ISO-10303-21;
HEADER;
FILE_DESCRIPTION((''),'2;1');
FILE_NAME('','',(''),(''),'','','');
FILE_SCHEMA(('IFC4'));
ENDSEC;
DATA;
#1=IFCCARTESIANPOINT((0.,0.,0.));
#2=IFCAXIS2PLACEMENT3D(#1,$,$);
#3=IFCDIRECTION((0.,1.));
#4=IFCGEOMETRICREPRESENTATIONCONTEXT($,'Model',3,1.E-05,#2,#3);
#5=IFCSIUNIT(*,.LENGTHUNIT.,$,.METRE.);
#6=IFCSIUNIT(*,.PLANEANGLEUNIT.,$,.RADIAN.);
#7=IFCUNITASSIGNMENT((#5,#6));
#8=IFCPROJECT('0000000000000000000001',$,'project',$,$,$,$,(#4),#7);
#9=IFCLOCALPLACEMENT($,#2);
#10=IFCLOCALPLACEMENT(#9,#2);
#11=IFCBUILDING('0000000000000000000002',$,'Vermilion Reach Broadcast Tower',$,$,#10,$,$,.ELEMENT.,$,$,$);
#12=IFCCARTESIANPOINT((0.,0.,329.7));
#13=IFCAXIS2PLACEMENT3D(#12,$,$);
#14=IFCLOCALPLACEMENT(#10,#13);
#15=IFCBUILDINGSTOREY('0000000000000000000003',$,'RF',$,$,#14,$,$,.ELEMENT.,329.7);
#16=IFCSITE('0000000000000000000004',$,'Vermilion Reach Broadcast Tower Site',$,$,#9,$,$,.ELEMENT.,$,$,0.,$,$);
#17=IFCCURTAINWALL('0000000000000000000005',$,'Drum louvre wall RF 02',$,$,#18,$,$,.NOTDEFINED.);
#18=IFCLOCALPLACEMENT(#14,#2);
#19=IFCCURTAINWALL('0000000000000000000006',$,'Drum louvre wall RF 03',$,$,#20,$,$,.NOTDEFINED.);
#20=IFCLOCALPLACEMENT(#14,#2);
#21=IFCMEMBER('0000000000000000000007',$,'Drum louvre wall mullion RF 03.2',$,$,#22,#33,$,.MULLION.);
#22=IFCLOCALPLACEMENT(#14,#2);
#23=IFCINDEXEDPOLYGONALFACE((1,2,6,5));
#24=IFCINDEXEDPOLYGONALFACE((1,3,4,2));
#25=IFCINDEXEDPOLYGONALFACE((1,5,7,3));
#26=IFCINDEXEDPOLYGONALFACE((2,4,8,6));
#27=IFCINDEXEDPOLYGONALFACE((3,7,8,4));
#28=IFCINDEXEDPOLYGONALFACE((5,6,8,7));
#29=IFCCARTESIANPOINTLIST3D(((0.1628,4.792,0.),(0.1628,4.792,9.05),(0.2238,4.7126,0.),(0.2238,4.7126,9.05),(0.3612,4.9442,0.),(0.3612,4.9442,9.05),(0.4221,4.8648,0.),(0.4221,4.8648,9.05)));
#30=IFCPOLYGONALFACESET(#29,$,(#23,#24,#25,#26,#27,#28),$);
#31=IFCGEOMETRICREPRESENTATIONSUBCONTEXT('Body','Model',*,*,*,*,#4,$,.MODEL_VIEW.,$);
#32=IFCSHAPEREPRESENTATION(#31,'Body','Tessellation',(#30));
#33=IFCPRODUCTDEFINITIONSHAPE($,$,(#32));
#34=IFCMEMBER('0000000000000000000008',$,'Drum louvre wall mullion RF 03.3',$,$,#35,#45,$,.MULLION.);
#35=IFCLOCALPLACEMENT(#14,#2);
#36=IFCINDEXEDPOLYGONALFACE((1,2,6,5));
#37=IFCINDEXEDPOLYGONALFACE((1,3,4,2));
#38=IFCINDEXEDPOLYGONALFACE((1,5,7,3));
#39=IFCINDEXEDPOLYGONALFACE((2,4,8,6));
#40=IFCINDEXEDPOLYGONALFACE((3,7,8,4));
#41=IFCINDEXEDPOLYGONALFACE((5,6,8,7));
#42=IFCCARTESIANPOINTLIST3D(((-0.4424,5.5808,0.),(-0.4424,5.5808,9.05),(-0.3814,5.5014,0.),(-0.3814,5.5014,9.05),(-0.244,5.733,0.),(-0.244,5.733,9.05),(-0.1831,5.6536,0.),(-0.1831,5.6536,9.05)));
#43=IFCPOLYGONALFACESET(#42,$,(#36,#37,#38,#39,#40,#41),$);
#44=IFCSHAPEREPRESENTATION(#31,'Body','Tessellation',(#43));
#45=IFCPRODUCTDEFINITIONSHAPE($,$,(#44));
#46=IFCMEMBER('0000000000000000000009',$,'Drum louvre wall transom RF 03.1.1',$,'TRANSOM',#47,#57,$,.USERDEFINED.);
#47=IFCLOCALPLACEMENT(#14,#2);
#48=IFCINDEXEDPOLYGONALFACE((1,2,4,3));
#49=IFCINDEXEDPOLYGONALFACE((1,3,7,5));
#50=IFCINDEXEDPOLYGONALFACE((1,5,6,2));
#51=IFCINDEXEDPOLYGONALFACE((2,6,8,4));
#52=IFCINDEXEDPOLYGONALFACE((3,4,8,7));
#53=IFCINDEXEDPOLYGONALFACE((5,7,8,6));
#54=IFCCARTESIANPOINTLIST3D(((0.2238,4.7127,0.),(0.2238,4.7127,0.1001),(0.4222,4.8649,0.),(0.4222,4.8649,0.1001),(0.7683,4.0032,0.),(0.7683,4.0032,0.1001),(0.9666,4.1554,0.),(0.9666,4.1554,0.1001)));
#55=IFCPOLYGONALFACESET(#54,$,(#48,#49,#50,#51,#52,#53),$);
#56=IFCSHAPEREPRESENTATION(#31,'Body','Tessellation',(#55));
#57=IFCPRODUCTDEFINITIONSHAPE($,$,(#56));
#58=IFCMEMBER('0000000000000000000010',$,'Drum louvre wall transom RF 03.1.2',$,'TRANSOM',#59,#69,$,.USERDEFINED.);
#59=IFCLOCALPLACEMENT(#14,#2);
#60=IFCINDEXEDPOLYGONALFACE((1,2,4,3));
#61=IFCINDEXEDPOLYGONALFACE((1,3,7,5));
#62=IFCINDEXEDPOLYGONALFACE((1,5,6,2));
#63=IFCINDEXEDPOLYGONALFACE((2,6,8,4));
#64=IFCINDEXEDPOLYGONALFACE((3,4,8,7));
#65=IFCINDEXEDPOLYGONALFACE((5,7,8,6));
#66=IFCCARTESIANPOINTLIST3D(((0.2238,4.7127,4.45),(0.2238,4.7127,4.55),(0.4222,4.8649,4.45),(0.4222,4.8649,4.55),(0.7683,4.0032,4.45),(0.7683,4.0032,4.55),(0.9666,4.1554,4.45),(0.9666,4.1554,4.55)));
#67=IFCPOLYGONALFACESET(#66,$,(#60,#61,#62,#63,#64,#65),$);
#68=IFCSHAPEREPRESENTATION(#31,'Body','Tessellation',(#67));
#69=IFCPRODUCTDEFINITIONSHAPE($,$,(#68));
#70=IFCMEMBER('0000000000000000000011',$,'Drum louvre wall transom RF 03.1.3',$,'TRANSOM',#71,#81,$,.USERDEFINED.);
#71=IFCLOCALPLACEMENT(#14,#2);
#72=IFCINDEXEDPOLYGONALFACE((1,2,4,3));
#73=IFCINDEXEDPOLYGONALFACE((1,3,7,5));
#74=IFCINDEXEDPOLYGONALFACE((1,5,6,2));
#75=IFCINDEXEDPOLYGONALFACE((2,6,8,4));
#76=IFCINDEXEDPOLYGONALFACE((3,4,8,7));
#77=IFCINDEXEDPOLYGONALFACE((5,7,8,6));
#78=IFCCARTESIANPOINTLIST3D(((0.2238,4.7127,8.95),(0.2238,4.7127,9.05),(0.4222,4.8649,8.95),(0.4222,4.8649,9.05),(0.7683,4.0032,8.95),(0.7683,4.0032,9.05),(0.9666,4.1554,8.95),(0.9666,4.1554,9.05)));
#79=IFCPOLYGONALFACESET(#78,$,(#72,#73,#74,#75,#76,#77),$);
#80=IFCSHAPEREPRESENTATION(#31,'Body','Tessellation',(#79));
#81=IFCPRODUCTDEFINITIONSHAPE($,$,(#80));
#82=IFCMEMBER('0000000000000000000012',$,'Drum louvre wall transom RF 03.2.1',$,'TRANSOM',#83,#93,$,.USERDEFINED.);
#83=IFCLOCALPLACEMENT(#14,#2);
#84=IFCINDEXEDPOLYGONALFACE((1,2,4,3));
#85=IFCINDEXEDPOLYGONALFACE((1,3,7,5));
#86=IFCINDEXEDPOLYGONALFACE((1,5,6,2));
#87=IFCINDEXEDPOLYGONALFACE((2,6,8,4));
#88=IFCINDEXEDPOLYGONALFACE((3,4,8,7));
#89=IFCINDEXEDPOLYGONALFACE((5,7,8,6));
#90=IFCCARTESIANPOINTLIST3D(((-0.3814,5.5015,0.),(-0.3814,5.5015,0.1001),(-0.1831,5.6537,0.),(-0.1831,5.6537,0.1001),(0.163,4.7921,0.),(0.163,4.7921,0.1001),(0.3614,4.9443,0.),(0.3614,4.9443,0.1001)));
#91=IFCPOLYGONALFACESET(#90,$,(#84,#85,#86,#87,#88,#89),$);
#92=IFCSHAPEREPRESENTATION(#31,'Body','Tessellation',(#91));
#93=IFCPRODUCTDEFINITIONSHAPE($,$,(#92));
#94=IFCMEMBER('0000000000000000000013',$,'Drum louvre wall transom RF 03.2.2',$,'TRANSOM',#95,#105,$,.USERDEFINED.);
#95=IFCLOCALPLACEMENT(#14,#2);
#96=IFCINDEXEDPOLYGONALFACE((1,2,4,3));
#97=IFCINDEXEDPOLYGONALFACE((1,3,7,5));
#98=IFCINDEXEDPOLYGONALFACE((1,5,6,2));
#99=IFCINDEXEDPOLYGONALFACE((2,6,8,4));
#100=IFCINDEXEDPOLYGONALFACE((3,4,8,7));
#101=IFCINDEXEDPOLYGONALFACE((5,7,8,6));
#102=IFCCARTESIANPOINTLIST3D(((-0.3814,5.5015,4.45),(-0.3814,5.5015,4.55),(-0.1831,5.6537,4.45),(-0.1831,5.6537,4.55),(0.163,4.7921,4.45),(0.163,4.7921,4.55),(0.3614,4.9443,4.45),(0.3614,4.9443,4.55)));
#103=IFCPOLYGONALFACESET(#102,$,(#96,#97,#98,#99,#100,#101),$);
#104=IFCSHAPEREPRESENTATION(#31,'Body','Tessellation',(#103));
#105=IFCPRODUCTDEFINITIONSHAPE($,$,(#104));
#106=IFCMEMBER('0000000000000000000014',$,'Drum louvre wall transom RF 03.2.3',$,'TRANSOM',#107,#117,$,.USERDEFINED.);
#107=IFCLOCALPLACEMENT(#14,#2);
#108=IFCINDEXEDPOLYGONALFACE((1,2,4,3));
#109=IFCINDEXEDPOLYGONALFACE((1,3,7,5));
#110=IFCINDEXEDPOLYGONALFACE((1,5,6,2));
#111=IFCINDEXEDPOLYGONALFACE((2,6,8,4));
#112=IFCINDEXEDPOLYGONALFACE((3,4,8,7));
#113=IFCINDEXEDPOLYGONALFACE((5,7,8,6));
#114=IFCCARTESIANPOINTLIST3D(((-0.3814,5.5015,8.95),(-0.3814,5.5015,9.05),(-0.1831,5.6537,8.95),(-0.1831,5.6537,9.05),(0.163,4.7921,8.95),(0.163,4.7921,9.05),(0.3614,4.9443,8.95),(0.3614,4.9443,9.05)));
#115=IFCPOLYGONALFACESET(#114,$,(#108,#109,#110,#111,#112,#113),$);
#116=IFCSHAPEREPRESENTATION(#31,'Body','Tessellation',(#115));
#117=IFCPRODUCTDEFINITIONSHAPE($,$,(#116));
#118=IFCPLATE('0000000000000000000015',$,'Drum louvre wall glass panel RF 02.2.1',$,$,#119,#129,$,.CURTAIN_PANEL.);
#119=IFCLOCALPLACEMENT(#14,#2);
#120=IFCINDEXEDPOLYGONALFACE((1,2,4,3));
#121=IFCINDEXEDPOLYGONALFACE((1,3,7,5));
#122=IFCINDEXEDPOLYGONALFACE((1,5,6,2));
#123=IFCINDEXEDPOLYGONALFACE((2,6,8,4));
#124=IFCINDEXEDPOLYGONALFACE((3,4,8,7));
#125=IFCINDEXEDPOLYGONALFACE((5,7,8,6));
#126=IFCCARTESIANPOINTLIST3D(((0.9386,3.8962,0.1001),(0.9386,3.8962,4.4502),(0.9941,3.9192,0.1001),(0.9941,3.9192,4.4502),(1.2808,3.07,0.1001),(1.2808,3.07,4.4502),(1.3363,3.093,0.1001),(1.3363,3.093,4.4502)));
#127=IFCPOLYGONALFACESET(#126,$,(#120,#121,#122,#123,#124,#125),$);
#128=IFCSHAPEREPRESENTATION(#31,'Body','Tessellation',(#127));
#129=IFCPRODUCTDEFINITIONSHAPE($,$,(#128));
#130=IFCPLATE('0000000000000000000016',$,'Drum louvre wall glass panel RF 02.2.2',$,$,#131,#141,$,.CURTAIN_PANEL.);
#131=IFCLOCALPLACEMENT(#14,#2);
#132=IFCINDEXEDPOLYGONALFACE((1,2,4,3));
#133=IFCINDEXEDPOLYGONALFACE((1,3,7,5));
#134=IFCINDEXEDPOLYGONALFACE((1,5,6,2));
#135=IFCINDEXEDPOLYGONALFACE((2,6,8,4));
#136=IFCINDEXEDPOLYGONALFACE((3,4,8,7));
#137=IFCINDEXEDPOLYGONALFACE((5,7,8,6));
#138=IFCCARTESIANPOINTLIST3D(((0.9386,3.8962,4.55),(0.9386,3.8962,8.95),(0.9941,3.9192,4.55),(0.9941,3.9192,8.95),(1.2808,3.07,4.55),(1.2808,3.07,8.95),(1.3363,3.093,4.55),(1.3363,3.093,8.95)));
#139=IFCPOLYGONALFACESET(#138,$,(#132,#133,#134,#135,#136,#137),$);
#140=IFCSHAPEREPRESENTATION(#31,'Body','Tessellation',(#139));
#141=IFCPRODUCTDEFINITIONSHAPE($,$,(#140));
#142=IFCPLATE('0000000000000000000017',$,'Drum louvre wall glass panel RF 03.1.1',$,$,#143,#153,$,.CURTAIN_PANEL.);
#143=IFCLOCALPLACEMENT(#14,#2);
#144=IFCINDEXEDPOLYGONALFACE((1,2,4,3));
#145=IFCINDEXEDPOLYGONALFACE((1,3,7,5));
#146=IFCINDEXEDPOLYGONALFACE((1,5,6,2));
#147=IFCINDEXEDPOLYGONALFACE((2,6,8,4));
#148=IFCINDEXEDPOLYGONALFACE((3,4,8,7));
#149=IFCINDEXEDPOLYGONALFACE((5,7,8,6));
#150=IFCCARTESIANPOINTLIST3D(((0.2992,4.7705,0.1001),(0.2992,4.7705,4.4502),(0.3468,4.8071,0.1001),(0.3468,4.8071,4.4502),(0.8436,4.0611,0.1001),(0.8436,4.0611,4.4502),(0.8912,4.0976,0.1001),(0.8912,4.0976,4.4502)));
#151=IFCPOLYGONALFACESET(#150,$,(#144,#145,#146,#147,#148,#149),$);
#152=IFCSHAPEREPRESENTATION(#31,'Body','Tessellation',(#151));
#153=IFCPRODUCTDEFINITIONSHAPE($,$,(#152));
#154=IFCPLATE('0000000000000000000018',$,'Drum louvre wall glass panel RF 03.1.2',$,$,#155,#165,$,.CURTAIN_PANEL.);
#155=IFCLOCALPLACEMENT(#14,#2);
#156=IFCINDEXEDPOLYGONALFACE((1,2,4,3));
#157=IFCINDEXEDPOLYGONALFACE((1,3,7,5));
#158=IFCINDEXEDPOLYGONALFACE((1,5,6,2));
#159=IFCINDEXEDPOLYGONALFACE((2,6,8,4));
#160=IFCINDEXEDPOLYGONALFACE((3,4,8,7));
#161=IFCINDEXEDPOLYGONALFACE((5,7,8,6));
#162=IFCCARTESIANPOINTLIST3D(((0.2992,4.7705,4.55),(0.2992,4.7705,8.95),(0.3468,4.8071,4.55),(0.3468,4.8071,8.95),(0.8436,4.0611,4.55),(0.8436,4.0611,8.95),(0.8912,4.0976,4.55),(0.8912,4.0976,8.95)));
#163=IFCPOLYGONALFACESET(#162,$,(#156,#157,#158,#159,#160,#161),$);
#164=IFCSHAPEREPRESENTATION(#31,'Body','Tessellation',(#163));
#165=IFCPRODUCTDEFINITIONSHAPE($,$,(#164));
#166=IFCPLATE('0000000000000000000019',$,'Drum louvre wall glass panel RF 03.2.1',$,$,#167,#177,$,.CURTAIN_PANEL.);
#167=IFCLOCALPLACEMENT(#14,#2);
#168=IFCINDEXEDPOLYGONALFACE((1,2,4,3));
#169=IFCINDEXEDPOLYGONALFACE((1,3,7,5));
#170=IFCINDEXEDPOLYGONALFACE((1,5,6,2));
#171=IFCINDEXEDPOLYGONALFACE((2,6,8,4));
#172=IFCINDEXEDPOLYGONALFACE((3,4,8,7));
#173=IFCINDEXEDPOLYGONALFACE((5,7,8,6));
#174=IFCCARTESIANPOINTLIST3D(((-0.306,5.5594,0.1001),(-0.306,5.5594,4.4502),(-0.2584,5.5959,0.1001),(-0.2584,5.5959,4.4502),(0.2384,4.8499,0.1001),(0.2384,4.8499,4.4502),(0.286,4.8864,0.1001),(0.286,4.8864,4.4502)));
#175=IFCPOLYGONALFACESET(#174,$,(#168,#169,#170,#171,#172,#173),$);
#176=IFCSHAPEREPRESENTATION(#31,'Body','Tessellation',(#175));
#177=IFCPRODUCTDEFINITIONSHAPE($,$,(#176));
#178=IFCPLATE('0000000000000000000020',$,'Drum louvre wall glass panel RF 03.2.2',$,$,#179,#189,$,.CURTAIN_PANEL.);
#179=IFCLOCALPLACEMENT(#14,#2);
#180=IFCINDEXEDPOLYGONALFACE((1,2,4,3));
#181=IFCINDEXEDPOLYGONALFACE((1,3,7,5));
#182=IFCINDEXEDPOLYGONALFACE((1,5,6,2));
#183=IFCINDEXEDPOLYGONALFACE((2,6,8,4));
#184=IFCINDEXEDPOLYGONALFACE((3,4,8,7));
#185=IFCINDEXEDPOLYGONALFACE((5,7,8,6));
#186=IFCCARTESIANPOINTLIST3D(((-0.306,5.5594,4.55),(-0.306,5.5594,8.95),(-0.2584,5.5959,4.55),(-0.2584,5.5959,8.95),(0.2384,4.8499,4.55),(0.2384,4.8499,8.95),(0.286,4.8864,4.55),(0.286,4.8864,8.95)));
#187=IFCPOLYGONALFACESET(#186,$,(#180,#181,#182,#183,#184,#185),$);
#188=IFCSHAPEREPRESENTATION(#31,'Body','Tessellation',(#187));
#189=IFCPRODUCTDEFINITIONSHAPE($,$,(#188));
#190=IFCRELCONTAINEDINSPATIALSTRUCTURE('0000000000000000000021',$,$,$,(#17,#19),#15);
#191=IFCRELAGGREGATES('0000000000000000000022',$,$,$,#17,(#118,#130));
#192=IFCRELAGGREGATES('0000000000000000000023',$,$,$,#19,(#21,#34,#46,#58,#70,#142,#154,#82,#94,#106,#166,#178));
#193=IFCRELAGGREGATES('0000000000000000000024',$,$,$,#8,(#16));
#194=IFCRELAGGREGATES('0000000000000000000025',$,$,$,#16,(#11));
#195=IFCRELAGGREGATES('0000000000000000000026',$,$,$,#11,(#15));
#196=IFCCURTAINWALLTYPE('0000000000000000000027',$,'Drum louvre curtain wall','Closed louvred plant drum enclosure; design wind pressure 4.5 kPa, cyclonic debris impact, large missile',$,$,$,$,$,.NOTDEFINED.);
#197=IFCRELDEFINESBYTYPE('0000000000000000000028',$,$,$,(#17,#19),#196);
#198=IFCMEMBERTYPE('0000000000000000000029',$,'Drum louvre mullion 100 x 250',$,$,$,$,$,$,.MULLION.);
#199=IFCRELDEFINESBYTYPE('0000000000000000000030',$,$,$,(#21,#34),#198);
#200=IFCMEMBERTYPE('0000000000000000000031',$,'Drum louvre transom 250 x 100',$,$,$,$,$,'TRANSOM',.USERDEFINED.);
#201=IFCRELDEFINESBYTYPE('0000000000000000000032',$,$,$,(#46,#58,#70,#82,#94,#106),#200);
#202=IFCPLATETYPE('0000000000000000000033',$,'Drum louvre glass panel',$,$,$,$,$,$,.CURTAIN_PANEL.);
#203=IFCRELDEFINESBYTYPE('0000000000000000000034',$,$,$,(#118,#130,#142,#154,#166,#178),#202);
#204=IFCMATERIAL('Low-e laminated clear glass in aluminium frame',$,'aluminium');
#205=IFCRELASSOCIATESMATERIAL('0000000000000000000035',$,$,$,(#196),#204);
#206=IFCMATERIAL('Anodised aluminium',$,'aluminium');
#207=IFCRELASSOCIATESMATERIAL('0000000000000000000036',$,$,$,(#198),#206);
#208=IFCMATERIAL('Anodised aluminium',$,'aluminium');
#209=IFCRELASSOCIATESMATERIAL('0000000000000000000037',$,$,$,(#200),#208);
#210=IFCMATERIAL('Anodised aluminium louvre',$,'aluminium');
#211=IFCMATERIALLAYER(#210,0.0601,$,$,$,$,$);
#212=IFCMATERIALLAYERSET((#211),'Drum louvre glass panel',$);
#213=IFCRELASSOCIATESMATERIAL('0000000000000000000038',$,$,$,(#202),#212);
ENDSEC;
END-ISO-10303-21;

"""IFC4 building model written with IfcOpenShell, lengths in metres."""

from ifc_helpers import new_model, si_unit, direction, frame, origin, origin_2d, place, context, subcontext, project, spatial, rectangle, extrude, material, layer, layer_set, material_profile, profile_set, type_object, element, aggregate, save


model = new_model("IFC4")

# Units and contexts
model_context = context("Model", 3, precision=1e-05, world=origin(), true_north=direction((0.0, 1.0)))
body_context = subcontext(model_context, "Body", "Model", "MODEL_VIEW")
ifc_project = project(units=[si_unit("LENGTHUNIT", "METRE"), si_unit("PLANEANGLEUNIT", "RADIAN")], contexts=[model_context])

# Site, building, storey
site_placement = place(None, origin())
site = spatial("IfcSite", under=ifc_project, at=site_placement, Name="Vermilion Reach Broadcast Tower Site", CompositionType="ELEMENT", RefElevation=0.0)
building_placement = place(site_placement, origin())
building = spatial("IfcBuilding", under=site, at=building_placement, Name="Vermilion Reach Broadcast Tower", CompositionType="ELEMENT")
storey_placement = place(building_placement, frame((0.0, 0.0, 329.7)))
storey = spatial("IfcBuildingStorey", under=building, at=storey_placement, Name="RF", CompositionType="ELEMENT", Elevation=329.7)

# Curtain wall
ifc_material_1 = material(Name="Low-e laminated clear glass in aluminium frame", Category="aluminium")
curtain_wall_type = type_object("IfcCurtainWallType", Name="Drum louvre curtain wall", Description="Closed louvred plant drum enclosure; design wind pressure 4.5 kPa, cyclonic debris impact, large missile", PredefinedType="NOTDEFINED", material=ifc_material_1)
placement = place(storey_placement, origin())
curtain_wall_1 = element("IfcCurtainWall", 1, at=placement, inside=storey, type_object=curtain_wall_type, Name="Drum louvre wall RF 02", PredefinedType="NOTDEFINED")
ifc_material_2 = material(Name="Anodised aluminium", Category="aluminium")
ifc_material_profile_1 = material_profile(ifc_material_2, rectangle(XDim=0.25, YDim=0.1001, at=origin_2d()), Name="Drum louvre mullion 100 x 250")
ifc_profile_set_1 = profile_set([ifc_material_profile_1], Name="Anodised aluminium")
member_type_1 = type_object("IfcMemberType", Name="Drum louvre mullion 100 x 250", PredefinedType="MULLION", material=ifc_profile_set_1)

# Curtain wall, members
curtain_wall_2 = element("IfcCurtainWall", 2, at=placement, inside=storey, type_object=curtain_wall_type, Name="Drum louvre wall RF 03", PredefinedType="NOTDEFINED")
member_1_placement = place(storey_placement, frame((0.2925, 4.8284, 0.0), z_axis=(0.0, 0.0, 1.0), x_axis=(-0.793353, -0.608761, 0.0)))
member_1 = element("IfcMember", 3, at=member_1_placement, type_object=member_type_1, Name="Drum louvre wall mullion RF 03.2", PredefinedType="MULLION", context=body_context, shape_type="SweptSolid", body=[
    extrude(rectangle(XDim=0.25, YDim=0.1001, at=origin_2d()), origin(), (0.0, 0.0, 1.0), 9.05),
])
member_2_placement = place(storey_placement, frame((-0.3127, 5.6172, 0.0), z_axis=(0.0, 0.0, 1.0), x_axis=(-0.793353, -0.608761, 0.0)))
member_2 = element("IfcMember", 4, at=member_2_placement, type_object=member_type_1, Name="Drum louvre wall mullion RF 03.3", PredefinedType="MULLION", context=body_context, shape_type="SweptSolid", body=[
    extrude(rectangle(XDim=0.25, YDim=0.1001, at=origin_2d()), origin(), (0.0, 0.0, 1.0), 9.05),
])
ifc_material_3 = material(Name="Anodised aluminium", Category="aluminium")
ifc_material_profile_2 = material_profile(ifc_material_3, rectangle(XDim=0.25, YDim=0.1001, at=origin_2d()), Name="Drum louvre transom 250 x 100")
ifc_profile_set_2 = profile_set([ifc_material_profile_2], Name="Anodised aluminium")
member_type_2 = type_object("IfcMemberType", Name="Drum louvre transom 250 x 100", ElementType="TRANSOM", PredefinedType="USERDEFINED", material=ifc_profile_set_2)
member_3_placement = place(storey_placement, frame((0.8674, 4.0793, 0.05), z_axis=(-0.608787, 0.793334, 0.0), x_axis=(-0.793334, -0.608787, 0.0)))
member_3 = element("IfcMember", 5, at=member_3_placement, type_object=member_type_2, Name="Drum louvre wall transom RF 03.1.1", ObjectType="TRANSOM", PredefinedType="USERDEFINED", context=body_context, shape_type="SweptSolid", body=[
    extrude(rectangle(XDim=0.25, YDim=0.1001, at=origin_2d()), origin(), (0.0, 0.0, 1.0), 0.8943),
])
member_4_placement = place(storey_placement, frame((0.8674, 4.0793, 4.5), z_axis=(-0.608787, 0.793334, 0.0), x_axis=(-0.793334, -0.608787, 0.0)))
member_4 = element("IfcMember", 6, at=member_4_placement, type_object=member_type_2, Name="Drum louvre wall transom RF 03.1.2", ObjectType="TRANSOM", PredefinedType="USERDEFINED", context=body_context, shape_type="SweptSolid", body=[
    extrude(rectangle(XDim=0.25, YDim=0.1001, at=origin_2d()), origin(), (0.0, 0.0, 1.0), 0.8943),
])
member_5_placement = place(storey_placement, frame((0.8674, 4.0793, 9.0), z_axis=(-0.608787, 0.793334, 0.0), x_axis=(-0.793334, -0.608787, 0.0)))
member_5 = element("IfcMember", 7, at=member_5_placement, type_object=member_type_2, Name="Drum louvre wall transom RF 03.1.3", ObjectType="TRANSOM", PredefinedType="USERDEFINED", context=body_context, shape_type="SweptSolid", body=[
    extrude(rectangle(XDim=0.25, YDim=0.1001, at=origin_2d()), origin(), (0.0, 0.0, 1.0), 0.8943),
])
member_6_placement = place(storey_placement, frame((0.2622, 4.8682, 0.05), z_axis=(-0.608787, 0.793334, 0.0), x_axis=(-0.793334, -0.608787, 0.0)))
member_6 = element("IfcMember", 8, at=member_6_placement, type_object=member_type_2, Name="Drum louvre wall transom RF 03.2.1", ObjectType="TRANSOM", PredefinedType="USERDEFINED", context=body_context, shape_type="SweptSolid", body=[
    extrude(rectangle(XDim=0.25, YDim=0.1001, at=origin_2d()), origin(), (0.0, 0.0, 1.0), 0.8943),
])
member_7_placement = place(storey_placement, frame((0.2622, 4.8682, 4.5), z_axis=(-0.608787, 0.793334, 0.0), x_axis=(-0.793334, -0.608787, 0.0)))
member_7 = element("IfcMember", 9, at=member_7_placement, type_object=member_type_2, Name="Drum louvre wall transom RF 03.2.2", ObjectType="TRANSOM", PredefinedType="USERDEFINED", context=body_context, shape_type="SweptSolid", body=[
    extrude(rectangle(XDim=0.25, YDim=0.1001, at=origin_2d()), origin(), (0.0, 0.0, 1.0), 0.8943),
])
member_8_placement = place(storey_placement, frame((0.2622, 4.8682, 9.0), z_axis=(-0.608787, 0.793334, 0.0), x_axis=(-0.793334, -0.608787, 0.0)))
member_8 = element("IfcMember", 10, at=member_8_placement, type_object=member_type_2, Name="Drum louvre wall transom RF 03.2.3", ObjectType="TRANSOM", PredefinedType="USERDEFINED", context=body_context, shape_type="SweptSolid", body=[
    extrude(rectangle(XDim=0.25, YDim=0.1001, at=origin_2d()), origin(), (0.0, 0.0, 1.0), 0.8943),
])

# Plates
ifc_material_4 = material(Name="Anodised aluminium louvre", Category="aluminium")
ifc_layer = layer(ifc_material_4, 0.0601)
ifc_layer_set = layer_set([ifc_layer], Name="Drum louvre glass panel")
plate_type = type_object("IfcPlateType", Name="Drum louvre glass panel", PredefinedType="CURTAIN_PANEL", material=ifc_layer_set)
plate_1_placement = place(storey_placement, frame((1.1375, 3.4946, 0.1001), z_axis=(0.0, 0.0, 1.0), x_axis=(-0.382683, 0.92388, 0.0)))
plate_1 = element("IfcPlate", 11, at=plate_1_placement, type_object=plate_type, Name="Drum louvre wall glass panel RF 02.2.1", PredefinedType="CURTAIN_PANEL", context=body_context, shape_type="SweptSolid", body=[
    extrude(rectangle(XDim=0.8943, YDim=0.0601, at=origin_2d()), origin(), (0.0, 0.0, 1.0), 4.3501),
])
plate_2_placement = place(storey_placement, frame((1.1375, 3.4946, 4.55), z_axis=(0.0, 0.0, 1.0), x_axis=(-0.382683, 0.92388, 0.0)))
plate_2 = element("IfcPlate", 12, at=plate_2_placement, type_object=plate_type, Name="Drum louvre wall glass panel RF 02.2.2", PredefinedType="CURTAIN_PANEL", context=body_context, shape_type="SweptSolid", body=[
    extrude(rectangle(XDim=0.8943, YDim=0.0601, at=origin_2d()), origin(), (0.0, 0.0, 1.0), 4.3999),
])
aggregate(curtain_wall_1, [plate_1, plate_2])
plate_3_placement = place(storey_placement, frame((0.5952, 4.4341, 0.1001), z_axis=(0.0, 0.0, 1.0), x_axis=(-0.608761, 0.793353, 0.0)))
plate_3 = element("IfcPlate", 13, at=plate_3_placement, type_object=plate_type, Name="Drum louvre wall glass panel RF 03.1.1", PredefinedType="CURTAIN_PANEL", context=body_context, shape_type="SweptSolid", body=[
    extrude(rectangle(XDim=0.8943, YDim=0.0601, at=origin_2d()), origin(), (0.0, 0.0, 1.0), 4.3501),
])
plate_4_placement = place(storey_placement, frame((0.5952, 4.4341, 4.55), z_axis=(0.0, 0.0, 1.0), x_axis=(-0.608761, 0.793353, 0.0)))
plate_4 = element("IfcPlate", 14, at=plate_4_placement, type_object=plate_type, Name="Drum louvre wall glass panel RF 03.1.2", PredefinedType="CURTAIN_PANEL", context=body_context, shape_type="SweptSolid", body=[
    extrude(rectangle(XDim=0.8943, YDim=0.0601, at=origin_2d()), origin(), (0.0, 0.0, 1.0), 4.3999),
])
plate_5_placement = place(storey_placement, frame((-0.01, 5.2229, 0.1001), z_axis=(0.0, 0.0, 1.0), x_axis=(-0.608761, 0.793353, 0.0)))
plate_5 = element("IfcPlate", 15, at=plate_5_placement, type_object=plate_type, Name="Drum louvre wall glass panel RF 03.2.1", PredefinedType="CURTAIN_PANEL", context=body_context, shape_type="SweptSolid", body=[
    extrude(rectangle(XDim=0.8943, YDim=0.0601, at=origin_2d()), origin(), (0.0, 0.0, 1.0), 4.3501),
])
plate_6_placement = place(storey_placement, frame((-0.01, 5.2229, 4.55), z_axis=(0.0, 0.0, 1.0), x_axis=(-0.608761, 0.793353, 0.0)))
plate_6 = element("IfcPlate", 16, at=plate_6_placement, type_object=plate_type, Name="Drum louvre wall glass panel RF 03.2.2", PredefinedType="CURTAIN_PANEL", context=body_context, shape_type="SweptSolid", body=[
    extrude(rectangle(XDim=0.8943, YDim=0.0601, at=origin_2d()), origin(), (0.0, 0.0, 1.0), 4.3999),
])
aggregate(curtain_wall_2, [member_1, member_2, member_3, member_4, member_5, plate_3, plate_4, member_6, member_7, member_8, plate_5, plate_6])

save(model, "model.ifc")
